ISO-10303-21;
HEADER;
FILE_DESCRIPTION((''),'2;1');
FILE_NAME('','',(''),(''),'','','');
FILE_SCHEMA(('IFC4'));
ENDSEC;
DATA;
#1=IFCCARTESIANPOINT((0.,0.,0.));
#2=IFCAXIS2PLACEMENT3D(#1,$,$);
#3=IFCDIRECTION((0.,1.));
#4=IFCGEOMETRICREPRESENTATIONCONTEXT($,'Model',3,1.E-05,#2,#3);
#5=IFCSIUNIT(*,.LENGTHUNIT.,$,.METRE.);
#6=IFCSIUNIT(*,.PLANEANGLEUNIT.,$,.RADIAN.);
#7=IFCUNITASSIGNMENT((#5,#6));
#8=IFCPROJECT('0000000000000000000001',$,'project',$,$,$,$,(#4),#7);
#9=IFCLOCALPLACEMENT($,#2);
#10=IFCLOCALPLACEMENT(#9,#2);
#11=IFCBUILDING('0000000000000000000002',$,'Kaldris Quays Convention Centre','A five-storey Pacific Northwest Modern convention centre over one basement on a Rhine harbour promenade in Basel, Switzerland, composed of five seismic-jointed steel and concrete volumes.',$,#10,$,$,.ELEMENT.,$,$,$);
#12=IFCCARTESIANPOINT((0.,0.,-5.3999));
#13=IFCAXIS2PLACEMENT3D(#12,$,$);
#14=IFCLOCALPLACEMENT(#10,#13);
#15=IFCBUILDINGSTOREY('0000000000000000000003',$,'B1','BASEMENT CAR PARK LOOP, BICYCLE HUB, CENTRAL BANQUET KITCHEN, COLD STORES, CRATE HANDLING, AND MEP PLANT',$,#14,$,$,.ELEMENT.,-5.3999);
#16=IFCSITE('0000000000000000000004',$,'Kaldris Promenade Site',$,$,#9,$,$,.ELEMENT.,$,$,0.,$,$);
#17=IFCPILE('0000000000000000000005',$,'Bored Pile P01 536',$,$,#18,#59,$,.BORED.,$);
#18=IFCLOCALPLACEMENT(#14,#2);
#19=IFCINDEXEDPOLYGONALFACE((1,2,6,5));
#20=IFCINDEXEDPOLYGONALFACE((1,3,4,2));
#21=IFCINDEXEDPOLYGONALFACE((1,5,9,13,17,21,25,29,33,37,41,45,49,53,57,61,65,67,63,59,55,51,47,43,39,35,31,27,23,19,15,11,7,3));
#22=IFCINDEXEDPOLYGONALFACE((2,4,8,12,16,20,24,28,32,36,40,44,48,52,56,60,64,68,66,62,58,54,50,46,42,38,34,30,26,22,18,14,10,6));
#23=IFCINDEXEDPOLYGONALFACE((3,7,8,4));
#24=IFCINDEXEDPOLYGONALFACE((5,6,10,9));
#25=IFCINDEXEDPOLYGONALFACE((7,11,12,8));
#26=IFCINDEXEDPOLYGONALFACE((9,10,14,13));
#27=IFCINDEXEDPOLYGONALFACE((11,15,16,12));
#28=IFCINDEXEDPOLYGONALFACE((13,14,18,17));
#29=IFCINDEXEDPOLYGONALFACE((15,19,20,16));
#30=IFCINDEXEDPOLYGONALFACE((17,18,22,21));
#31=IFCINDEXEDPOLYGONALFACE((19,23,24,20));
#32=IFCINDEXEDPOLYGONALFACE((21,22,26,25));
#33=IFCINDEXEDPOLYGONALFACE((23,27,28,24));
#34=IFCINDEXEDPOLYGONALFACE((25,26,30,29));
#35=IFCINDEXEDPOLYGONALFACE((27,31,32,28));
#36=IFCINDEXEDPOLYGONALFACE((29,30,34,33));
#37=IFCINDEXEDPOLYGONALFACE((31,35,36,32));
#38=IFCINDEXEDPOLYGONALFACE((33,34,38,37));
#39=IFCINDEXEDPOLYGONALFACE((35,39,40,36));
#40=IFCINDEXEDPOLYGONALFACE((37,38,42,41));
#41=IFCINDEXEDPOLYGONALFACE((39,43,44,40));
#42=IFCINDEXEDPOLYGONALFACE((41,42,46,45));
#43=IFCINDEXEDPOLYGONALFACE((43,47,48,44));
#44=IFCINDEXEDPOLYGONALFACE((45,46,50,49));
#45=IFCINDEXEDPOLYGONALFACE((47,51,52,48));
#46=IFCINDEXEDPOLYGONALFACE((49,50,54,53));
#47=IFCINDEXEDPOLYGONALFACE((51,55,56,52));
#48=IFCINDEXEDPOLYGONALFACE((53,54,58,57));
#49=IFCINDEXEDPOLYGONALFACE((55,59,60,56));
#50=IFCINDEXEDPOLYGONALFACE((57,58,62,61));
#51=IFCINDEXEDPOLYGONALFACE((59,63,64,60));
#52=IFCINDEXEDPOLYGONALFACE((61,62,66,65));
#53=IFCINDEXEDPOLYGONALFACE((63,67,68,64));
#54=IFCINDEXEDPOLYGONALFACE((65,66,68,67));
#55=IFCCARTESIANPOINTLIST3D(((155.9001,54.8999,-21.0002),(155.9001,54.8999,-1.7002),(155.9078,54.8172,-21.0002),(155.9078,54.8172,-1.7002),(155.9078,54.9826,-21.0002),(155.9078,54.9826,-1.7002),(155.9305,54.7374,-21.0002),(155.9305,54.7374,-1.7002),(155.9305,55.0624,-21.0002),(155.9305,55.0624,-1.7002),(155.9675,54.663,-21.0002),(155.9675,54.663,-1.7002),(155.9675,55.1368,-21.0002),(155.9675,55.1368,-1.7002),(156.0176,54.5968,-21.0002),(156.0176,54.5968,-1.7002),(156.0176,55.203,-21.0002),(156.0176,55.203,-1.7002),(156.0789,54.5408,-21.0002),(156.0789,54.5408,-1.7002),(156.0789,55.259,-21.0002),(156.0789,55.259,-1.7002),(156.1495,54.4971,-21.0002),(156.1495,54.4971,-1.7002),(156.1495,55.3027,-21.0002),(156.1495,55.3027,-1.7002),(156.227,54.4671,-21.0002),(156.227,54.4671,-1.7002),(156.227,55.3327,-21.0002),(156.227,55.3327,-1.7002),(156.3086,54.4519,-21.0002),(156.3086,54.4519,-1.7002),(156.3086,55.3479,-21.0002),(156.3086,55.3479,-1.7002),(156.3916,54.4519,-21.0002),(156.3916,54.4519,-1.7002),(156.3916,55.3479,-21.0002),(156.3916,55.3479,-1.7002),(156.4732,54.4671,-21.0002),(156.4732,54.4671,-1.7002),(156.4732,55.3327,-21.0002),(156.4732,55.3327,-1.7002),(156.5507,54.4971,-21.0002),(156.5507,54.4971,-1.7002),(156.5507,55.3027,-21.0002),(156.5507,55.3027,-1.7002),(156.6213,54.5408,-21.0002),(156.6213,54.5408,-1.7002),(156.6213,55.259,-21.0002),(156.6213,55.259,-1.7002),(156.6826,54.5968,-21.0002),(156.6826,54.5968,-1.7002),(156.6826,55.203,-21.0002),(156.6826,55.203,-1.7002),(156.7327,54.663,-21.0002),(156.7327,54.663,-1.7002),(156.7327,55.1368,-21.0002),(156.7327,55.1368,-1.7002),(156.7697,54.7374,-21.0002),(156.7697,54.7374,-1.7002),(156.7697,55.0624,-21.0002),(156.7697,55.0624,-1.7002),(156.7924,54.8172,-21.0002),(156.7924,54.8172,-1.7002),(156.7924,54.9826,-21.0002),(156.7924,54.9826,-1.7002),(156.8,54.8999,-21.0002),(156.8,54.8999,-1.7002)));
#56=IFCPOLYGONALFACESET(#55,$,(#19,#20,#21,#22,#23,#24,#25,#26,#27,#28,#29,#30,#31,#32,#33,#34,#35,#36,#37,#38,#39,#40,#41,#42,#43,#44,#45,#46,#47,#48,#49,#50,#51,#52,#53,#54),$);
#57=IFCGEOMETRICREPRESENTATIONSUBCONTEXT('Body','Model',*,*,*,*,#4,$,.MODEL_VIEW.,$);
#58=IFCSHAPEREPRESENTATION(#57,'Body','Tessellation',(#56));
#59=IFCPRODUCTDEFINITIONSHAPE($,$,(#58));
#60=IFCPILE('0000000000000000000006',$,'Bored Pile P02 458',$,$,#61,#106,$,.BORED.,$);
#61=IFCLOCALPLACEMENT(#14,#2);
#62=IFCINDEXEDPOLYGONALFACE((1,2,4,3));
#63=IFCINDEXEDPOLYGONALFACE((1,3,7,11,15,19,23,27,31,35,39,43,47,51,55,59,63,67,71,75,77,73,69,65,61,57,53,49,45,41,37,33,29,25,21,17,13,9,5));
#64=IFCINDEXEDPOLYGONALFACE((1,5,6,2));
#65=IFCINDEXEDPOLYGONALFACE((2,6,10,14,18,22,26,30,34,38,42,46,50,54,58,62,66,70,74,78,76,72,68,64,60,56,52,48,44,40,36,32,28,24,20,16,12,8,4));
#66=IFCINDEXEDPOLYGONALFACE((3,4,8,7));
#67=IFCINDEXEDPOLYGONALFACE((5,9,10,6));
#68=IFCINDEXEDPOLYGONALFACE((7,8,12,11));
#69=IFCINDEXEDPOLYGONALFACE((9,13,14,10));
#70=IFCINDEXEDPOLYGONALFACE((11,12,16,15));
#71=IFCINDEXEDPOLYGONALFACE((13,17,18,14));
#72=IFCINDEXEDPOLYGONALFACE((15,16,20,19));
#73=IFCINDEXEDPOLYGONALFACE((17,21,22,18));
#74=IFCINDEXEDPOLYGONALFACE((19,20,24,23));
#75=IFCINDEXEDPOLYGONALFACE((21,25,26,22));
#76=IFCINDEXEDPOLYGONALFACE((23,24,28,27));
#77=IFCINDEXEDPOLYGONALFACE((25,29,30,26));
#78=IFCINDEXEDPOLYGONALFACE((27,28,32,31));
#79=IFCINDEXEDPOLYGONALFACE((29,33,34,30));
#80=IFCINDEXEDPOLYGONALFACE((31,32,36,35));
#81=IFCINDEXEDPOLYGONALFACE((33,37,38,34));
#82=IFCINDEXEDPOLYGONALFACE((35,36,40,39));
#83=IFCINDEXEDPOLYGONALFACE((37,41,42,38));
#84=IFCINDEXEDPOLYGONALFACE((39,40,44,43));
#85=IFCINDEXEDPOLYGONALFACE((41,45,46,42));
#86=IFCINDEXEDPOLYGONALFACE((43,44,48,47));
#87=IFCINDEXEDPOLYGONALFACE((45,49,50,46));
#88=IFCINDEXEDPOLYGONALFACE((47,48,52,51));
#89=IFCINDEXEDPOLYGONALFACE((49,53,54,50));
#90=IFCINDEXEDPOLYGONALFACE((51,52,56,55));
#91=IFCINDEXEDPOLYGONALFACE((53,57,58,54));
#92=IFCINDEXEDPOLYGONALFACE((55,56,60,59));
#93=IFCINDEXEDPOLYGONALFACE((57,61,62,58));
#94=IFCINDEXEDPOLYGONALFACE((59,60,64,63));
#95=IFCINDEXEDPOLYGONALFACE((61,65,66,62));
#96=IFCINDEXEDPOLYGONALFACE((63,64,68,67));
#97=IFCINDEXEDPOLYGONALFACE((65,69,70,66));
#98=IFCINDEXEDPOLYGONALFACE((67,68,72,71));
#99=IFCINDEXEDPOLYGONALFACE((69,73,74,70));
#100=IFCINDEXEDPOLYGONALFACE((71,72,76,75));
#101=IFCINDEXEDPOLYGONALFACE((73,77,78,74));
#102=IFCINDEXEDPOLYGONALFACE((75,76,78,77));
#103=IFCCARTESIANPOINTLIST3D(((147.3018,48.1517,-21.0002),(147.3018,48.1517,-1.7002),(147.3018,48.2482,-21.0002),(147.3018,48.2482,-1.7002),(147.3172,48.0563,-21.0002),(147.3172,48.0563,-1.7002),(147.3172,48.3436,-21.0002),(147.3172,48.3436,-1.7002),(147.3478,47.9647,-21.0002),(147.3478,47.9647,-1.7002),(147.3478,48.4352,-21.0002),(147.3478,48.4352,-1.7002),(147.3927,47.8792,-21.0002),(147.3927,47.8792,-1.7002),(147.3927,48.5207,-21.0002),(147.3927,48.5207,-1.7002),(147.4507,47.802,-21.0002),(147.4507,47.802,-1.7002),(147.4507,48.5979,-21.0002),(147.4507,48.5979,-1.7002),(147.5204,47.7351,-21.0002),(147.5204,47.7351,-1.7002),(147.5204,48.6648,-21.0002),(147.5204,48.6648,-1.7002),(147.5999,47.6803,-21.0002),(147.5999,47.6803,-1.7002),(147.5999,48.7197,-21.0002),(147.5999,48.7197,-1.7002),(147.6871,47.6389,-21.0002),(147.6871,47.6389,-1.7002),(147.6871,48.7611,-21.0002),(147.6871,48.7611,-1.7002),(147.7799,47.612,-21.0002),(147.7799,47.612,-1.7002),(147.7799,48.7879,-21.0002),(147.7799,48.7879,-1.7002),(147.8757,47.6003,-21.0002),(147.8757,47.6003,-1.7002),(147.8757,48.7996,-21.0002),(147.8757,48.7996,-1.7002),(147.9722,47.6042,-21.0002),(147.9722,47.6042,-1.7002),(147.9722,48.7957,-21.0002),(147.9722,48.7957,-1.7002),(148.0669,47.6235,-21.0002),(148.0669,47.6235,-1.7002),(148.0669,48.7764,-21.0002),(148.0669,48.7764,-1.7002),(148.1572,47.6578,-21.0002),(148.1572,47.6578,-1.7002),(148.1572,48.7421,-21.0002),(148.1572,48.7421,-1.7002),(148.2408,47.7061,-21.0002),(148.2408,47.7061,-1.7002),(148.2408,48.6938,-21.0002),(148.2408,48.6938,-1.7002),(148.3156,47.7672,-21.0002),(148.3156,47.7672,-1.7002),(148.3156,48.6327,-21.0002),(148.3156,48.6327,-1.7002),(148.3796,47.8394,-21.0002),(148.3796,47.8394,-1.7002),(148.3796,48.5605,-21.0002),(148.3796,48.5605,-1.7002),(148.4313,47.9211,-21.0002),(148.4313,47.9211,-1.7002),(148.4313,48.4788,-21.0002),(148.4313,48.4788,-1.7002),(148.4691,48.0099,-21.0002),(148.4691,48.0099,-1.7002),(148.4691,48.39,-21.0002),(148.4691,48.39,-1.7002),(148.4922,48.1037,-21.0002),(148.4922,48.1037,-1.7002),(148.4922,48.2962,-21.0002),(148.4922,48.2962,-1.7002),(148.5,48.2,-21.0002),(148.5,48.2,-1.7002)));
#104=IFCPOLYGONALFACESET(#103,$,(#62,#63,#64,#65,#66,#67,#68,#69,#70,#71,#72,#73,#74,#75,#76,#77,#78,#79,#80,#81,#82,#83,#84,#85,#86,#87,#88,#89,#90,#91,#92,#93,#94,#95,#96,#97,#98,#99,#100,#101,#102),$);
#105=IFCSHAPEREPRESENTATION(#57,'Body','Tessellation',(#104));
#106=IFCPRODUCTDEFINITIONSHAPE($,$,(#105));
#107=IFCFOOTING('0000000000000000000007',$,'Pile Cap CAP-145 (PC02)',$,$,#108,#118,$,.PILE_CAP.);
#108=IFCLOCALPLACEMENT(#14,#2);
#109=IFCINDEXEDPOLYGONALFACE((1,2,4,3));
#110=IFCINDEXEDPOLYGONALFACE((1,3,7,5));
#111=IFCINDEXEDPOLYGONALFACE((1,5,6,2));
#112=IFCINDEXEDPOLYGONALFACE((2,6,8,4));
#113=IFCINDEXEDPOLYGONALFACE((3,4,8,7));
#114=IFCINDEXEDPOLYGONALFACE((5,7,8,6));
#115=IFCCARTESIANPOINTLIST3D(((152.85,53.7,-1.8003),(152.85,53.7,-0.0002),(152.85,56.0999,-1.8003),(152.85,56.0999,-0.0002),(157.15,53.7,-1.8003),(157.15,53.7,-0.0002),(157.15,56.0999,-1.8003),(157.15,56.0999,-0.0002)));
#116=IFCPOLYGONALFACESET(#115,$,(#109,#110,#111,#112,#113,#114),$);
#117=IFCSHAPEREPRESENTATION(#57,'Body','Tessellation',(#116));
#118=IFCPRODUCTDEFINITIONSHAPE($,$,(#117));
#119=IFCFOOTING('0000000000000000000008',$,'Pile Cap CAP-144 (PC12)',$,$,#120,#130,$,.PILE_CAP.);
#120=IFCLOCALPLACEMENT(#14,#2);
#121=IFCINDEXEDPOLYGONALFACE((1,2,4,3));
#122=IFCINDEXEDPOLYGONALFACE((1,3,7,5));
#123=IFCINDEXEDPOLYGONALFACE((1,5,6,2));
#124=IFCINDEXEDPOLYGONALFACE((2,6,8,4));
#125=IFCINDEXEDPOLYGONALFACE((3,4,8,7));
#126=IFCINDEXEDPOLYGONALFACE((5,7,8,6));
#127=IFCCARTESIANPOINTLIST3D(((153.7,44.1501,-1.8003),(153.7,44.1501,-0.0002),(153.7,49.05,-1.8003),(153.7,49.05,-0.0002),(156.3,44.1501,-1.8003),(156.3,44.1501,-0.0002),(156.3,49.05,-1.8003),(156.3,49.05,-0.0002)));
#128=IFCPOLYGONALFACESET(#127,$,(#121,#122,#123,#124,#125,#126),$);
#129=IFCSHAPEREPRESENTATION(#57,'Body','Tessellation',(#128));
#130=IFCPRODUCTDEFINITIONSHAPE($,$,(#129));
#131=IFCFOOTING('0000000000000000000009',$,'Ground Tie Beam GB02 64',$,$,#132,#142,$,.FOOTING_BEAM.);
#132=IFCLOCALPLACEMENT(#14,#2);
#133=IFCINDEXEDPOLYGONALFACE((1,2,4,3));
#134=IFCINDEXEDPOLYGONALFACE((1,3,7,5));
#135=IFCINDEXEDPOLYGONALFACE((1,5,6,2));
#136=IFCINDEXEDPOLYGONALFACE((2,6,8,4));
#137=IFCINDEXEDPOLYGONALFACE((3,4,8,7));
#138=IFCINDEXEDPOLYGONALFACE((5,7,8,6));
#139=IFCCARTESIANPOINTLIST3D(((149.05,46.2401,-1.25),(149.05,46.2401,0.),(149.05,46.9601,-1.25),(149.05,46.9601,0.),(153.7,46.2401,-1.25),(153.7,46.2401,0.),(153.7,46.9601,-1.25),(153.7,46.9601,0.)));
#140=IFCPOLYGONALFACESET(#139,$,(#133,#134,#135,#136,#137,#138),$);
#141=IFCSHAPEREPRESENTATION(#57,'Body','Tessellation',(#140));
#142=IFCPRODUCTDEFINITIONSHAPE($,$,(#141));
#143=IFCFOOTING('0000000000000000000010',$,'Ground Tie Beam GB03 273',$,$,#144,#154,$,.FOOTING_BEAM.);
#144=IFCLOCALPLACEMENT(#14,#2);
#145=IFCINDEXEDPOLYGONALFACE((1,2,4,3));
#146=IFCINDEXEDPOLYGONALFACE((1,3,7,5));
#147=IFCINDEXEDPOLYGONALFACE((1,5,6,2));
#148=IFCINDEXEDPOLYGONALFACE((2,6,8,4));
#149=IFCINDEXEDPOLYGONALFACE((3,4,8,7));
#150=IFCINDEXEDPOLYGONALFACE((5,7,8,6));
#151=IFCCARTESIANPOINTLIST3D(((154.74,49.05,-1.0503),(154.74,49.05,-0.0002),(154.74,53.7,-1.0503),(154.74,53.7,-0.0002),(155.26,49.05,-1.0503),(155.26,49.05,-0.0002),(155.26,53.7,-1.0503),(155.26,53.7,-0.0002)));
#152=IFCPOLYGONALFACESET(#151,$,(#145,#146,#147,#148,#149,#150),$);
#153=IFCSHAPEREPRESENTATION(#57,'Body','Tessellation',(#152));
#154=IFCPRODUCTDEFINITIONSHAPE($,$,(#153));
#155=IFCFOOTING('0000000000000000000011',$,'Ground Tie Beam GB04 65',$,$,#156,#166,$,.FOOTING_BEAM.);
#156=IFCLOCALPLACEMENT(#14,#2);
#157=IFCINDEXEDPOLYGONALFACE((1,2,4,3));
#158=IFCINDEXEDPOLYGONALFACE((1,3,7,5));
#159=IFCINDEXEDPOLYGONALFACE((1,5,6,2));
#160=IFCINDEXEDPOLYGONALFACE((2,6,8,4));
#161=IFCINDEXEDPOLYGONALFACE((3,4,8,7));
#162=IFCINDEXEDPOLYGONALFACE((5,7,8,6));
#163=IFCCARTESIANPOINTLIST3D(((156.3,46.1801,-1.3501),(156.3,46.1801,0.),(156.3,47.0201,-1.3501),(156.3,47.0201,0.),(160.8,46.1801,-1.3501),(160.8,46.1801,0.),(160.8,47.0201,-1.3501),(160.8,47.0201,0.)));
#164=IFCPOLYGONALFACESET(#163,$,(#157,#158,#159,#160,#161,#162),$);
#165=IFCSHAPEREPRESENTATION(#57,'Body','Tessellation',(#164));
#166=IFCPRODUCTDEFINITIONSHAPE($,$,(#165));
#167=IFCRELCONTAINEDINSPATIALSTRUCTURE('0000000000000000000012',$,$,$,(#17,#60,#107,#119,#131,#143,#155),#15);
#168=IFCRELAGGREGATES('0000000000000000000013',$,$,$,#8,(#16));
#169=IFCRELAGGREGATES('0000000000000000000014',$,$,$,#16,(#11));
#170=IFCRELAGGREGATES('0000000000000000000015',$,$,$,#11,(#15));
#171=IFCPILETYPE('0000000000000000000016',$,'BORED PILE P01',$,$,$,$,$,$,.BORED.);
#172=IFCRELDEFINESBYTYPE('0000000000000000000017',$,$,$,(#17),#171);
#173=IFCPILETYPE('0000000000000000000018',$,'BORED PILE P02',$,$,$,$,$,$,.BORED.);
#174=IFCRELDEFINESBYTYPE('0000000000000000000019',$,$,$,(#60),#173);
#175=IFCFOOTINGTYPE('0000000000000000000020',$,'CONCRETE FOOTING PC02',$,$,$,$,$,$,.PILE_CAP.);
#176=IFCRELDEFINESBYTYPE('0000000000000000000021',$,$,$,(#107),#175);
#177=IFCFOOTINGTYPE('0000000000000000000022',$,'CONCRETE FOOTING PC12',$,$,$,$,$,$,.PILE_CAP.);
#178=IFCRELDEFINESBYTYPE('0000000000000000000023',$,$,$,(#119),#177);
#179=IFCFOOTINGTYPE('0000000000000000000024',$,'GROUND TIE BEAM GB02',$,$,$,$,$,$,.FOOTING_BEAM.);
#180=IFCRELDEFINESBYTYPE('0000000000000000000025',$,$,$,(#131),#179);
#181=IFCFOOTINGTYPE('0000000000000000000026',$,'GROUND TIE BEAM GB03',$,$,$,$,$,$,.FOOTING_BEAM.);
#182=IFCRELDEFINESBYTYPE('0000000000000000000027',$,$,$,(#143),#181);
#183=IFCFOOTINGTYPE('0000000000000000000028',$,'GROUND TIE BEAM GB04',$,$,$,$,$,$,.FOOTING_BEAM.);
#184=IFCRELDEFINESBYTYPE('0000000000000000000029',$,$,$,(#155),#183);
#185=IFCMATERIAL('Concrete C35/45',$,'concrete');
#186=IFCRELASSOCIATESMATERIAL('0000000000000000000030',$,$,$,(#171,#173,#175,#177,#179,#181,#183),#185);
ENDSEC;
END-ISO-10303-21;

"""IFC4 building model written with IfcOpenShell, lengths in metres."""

from ifc_helpers import new_model, si_unit, direction, frame, origin, origin_2d, place, context, subcontext, project, spatial, rectangle, circle, extrude, material, material_profile, profile_set, type_object, element, save


model = new_model("IFC4")

# Units and contexts
model_context = context("Model", 3, precision=1e-05, world=origin(), true_north=direction((0.0, 1.0)))
body_context = subcontext(model_context, "Body", "Model", "MODEL_VIEW")
ifc_project = project(units=[si_unit("LENGTHUNIT", "METRE"), si_unit("PLANEANGLEUNIT", "RADIAN")], contexts=[model_context])

# Site, building, storey
site_placement = place(None, origin())
site = spatial("IfcSite", under=ifc_project, at=site_placement, Name="Kaldris Promenade Site", CompositionType="ELEMENT", RefElevation=0.0)
building_placement = place(site_placement, origin())
building = spatial("IfcBuilding", under=site, at=building_placement, Name="Kaldris Quays Convention Centre", Description="A five-storey Pacific Northwest Modern convention centre over one basement on a Rhine harbour promenade in Basel, Switzerland, composed of five seismic-jointed steel and concrete volumes.", CompositionType="ELEMENT")
storey_placement = place(building_placement, frame((0.0, 0.0, -5.3999)))
storey = spatial("IfcBuildingStorey", under=building, at=storey_placement, Name="B1", Description="BASEMENT CAR PARK LOOP, BICYCLE HUB, CENTRAL BANQUET KITCHEN, COLD STORES, CRATE HANDLING, AND MEP PLANT", CompositionType="ELEMENT", Elevation=-5.3999)

# Piles
ifc_material_1 = material(Name="Concrete C35/45", Category="concrete")
ifc_material_profile_1 = material_profile(ifc_material_1, circle(Radius=0.45, at=origin_2d()), Name="BORED PILE D900")
ifc_profile_set_1 = profile_set([ifc_material_profile_1], Name="Concrete C35/45")
pile_type_1 = type_object("IfcPileType", Name="BORED PILE P01", PredefinedType="BORED", material=ifc_profile_set_1)
for number, where, z_axis, x_axis, name in (
    (1, (156.3501, 54.8999, -1.7002), (0.0, 0.0, -1.0), (1.0, 0.0, 0.0), "Bored Pile P01 536"),
):
    element("IfcPile", number, at=place(storey_placement, frame(where, z_axis=z_axis, x_axis=x_axis)), inside=storey, type_object=pile_type_1, Name=name, PredefinedType="BORED", context=body_context, shape_type="SweptSolid", body=[
        extrude(circle(Radius=0.45, at=origin_2d()), origin(), (0.0, 0.0, 1.0), 19.3),
    ])
ifc_material_profile_2 = material_profile(ifc_material_1, circle(Radius=0.6001, at=origin_2d()), Name="BORED PILE D1200")
ifc_profile_set_2 = profile_set([ifc_material_profile_2], Name="Concrete C35/45")
pile_type_2 = type_object("IfcPileType", Name="BORED PILE P02", PredefinedType="BORED", material=ifc_profile_set_2)
pile_placement = place(storey_placement, frame((147.8999, 48.2, -1.7002), z_axis=(0.0, 0.0, -1.0), x_axis=(1.0, 0.0, 0.0)))
element("IfcPile", 2, at=pile_placement, inside=storey, type_object=pile_type_2, Name="Bored Pile P02 458", PredefinedType="BORED", context=body_context, shape_type="SweptSolid", body=[
    extrude(circle(Radius=0.6001, at=origin_2d()), origin(), (0.0, 0.0, 1.0), 19.3),
])

# Footings
footing_type_1 = type_object("IfcFootingType", Name="CONCRETE FOOTING PC02", PredefinedType="PILE_CAP", material=ifc_material_1)
footing_1_placement = place(storey_placement, frame((155.0, 54.8999, -1.8003), z_axis=(0.0, 0.0, 1.0), x_axis=(1.0, 0.0, 0.0)))
element("IfcFooting", 3, at=footing_1_placement, inside=storey, type_object=footing_type_1, Name="Pile Cap CAP-145 (PC02)", PredefinedType="PILE_CAP", context=body_context, shape_type="SweptSolid", body=[
    extrude(rectangle(XDim=4.3, YDim=2.3999, at=origin_2d()), origin(), (0.0, 0.0, 1.0), 1.8),
])
footing_type_2 = type_object("IfcFootingType", Name="CONCRETE FOOTING PC12", PredefinedType="PILE_CAP", material=ifc_material_1)
footing_2_placement = place(storey_placement, frame((155.0, 46.6001, -1.8003), z_axis=(0.0, 0.0, 1.0), x_axis=(1.0, 0.0, 0.0)))
element("IfcFooting", 4, at=footing_2_placement, inside=storey, type_object=footing_type_2, Name="Pile Cap CAP-144 (PC12)", PredefinedType="PILE_CAP", context=body_context, shape_type="SweptSolid", body=[
    extrude(rectangle(XDim=2.6001, YDim=4.8999, at=origin_2d()), origin(), (0.0, 0.0, 1.0), 1.8),
])
footing_type_3 = type_object("IfcFootingType", Name="GROUND TIE BEAM GB02", PredefinedType="FOOTING_BEAM", material=ifc_material_1)
footing_3_placement = place(storey_placement, frame((151.375, 46.6001, -1.25), z_axis=(0.0, 0.0, 1.0), x_axis=(1.0, 0.0, 0.0)))
element("IfcFooting", 5, at=footing_3_placement, inside=storey, type_object=footing_type_3, Name="Ground Tie Beam GB02 64", PredefinedType="FOOTING_BEAM", context=body_context, shape_type="SweptSolid", body=[
    extrude(rectangle(XDim=4.6499, YDim=0.72, at=origin_2d()), origin(), (0.0, 0.0, 1.0), 1.25),
])
footing_type_4 = type_object("IfcFootingType", Name="GROUND TIE BEAM GB03", PredefinedType="FOOTING_BEAM", material=ifc_material_1)
footing_4_placement = place(storey_placement, frame((155.0, 51.375, -1.0503), z_axis=(0.0, 0.0, 1.0), x_axis=(1.0, 0.0, 0.0)))
element("IfcFooting", 6, at=footing_4_placement, inside=storey, type_object=footing_type_4, Name="Ground Tie Beam GB03 273", PredefinedType="FOOTING_BEAM", context=body_context, shape_type="SweptSolid", body=[
    extrude(rectangle(XDim=0.52, YDim=4.6499, at=origin_2d()), origin(), (0.0, 0.0, 1.0), 1.05),
])
footing_type_5 = type_object("IfcFootingType", Name="GROUND TIE BEAM GB04", PredefinedType="FOOTING_BEAM", material=ifc_material_1)
footing_5_placement = place(storey_placement, frame((158.55, 46.6001, -1.3501), z_axis=(0.0, 0.0, 1.0), x_axis=(1.0, 0.0, 0.0)))
element("IfcFooting", 7, at=footing_5_placement, inside=storey, type_object=footing_type_5, Name="Ground Tie Beam GB04 65", PredefinedType="FOOTING_BEAM", context=body_context, shape_type="SweptSolid", body=[
    extrude(rectangle(XDim=4.5, YDim=0.8401, at=origin_2d()), origin(), (0.0, 0.0, 1.0), 1.3501),
])

save(model, "model.ifc")
